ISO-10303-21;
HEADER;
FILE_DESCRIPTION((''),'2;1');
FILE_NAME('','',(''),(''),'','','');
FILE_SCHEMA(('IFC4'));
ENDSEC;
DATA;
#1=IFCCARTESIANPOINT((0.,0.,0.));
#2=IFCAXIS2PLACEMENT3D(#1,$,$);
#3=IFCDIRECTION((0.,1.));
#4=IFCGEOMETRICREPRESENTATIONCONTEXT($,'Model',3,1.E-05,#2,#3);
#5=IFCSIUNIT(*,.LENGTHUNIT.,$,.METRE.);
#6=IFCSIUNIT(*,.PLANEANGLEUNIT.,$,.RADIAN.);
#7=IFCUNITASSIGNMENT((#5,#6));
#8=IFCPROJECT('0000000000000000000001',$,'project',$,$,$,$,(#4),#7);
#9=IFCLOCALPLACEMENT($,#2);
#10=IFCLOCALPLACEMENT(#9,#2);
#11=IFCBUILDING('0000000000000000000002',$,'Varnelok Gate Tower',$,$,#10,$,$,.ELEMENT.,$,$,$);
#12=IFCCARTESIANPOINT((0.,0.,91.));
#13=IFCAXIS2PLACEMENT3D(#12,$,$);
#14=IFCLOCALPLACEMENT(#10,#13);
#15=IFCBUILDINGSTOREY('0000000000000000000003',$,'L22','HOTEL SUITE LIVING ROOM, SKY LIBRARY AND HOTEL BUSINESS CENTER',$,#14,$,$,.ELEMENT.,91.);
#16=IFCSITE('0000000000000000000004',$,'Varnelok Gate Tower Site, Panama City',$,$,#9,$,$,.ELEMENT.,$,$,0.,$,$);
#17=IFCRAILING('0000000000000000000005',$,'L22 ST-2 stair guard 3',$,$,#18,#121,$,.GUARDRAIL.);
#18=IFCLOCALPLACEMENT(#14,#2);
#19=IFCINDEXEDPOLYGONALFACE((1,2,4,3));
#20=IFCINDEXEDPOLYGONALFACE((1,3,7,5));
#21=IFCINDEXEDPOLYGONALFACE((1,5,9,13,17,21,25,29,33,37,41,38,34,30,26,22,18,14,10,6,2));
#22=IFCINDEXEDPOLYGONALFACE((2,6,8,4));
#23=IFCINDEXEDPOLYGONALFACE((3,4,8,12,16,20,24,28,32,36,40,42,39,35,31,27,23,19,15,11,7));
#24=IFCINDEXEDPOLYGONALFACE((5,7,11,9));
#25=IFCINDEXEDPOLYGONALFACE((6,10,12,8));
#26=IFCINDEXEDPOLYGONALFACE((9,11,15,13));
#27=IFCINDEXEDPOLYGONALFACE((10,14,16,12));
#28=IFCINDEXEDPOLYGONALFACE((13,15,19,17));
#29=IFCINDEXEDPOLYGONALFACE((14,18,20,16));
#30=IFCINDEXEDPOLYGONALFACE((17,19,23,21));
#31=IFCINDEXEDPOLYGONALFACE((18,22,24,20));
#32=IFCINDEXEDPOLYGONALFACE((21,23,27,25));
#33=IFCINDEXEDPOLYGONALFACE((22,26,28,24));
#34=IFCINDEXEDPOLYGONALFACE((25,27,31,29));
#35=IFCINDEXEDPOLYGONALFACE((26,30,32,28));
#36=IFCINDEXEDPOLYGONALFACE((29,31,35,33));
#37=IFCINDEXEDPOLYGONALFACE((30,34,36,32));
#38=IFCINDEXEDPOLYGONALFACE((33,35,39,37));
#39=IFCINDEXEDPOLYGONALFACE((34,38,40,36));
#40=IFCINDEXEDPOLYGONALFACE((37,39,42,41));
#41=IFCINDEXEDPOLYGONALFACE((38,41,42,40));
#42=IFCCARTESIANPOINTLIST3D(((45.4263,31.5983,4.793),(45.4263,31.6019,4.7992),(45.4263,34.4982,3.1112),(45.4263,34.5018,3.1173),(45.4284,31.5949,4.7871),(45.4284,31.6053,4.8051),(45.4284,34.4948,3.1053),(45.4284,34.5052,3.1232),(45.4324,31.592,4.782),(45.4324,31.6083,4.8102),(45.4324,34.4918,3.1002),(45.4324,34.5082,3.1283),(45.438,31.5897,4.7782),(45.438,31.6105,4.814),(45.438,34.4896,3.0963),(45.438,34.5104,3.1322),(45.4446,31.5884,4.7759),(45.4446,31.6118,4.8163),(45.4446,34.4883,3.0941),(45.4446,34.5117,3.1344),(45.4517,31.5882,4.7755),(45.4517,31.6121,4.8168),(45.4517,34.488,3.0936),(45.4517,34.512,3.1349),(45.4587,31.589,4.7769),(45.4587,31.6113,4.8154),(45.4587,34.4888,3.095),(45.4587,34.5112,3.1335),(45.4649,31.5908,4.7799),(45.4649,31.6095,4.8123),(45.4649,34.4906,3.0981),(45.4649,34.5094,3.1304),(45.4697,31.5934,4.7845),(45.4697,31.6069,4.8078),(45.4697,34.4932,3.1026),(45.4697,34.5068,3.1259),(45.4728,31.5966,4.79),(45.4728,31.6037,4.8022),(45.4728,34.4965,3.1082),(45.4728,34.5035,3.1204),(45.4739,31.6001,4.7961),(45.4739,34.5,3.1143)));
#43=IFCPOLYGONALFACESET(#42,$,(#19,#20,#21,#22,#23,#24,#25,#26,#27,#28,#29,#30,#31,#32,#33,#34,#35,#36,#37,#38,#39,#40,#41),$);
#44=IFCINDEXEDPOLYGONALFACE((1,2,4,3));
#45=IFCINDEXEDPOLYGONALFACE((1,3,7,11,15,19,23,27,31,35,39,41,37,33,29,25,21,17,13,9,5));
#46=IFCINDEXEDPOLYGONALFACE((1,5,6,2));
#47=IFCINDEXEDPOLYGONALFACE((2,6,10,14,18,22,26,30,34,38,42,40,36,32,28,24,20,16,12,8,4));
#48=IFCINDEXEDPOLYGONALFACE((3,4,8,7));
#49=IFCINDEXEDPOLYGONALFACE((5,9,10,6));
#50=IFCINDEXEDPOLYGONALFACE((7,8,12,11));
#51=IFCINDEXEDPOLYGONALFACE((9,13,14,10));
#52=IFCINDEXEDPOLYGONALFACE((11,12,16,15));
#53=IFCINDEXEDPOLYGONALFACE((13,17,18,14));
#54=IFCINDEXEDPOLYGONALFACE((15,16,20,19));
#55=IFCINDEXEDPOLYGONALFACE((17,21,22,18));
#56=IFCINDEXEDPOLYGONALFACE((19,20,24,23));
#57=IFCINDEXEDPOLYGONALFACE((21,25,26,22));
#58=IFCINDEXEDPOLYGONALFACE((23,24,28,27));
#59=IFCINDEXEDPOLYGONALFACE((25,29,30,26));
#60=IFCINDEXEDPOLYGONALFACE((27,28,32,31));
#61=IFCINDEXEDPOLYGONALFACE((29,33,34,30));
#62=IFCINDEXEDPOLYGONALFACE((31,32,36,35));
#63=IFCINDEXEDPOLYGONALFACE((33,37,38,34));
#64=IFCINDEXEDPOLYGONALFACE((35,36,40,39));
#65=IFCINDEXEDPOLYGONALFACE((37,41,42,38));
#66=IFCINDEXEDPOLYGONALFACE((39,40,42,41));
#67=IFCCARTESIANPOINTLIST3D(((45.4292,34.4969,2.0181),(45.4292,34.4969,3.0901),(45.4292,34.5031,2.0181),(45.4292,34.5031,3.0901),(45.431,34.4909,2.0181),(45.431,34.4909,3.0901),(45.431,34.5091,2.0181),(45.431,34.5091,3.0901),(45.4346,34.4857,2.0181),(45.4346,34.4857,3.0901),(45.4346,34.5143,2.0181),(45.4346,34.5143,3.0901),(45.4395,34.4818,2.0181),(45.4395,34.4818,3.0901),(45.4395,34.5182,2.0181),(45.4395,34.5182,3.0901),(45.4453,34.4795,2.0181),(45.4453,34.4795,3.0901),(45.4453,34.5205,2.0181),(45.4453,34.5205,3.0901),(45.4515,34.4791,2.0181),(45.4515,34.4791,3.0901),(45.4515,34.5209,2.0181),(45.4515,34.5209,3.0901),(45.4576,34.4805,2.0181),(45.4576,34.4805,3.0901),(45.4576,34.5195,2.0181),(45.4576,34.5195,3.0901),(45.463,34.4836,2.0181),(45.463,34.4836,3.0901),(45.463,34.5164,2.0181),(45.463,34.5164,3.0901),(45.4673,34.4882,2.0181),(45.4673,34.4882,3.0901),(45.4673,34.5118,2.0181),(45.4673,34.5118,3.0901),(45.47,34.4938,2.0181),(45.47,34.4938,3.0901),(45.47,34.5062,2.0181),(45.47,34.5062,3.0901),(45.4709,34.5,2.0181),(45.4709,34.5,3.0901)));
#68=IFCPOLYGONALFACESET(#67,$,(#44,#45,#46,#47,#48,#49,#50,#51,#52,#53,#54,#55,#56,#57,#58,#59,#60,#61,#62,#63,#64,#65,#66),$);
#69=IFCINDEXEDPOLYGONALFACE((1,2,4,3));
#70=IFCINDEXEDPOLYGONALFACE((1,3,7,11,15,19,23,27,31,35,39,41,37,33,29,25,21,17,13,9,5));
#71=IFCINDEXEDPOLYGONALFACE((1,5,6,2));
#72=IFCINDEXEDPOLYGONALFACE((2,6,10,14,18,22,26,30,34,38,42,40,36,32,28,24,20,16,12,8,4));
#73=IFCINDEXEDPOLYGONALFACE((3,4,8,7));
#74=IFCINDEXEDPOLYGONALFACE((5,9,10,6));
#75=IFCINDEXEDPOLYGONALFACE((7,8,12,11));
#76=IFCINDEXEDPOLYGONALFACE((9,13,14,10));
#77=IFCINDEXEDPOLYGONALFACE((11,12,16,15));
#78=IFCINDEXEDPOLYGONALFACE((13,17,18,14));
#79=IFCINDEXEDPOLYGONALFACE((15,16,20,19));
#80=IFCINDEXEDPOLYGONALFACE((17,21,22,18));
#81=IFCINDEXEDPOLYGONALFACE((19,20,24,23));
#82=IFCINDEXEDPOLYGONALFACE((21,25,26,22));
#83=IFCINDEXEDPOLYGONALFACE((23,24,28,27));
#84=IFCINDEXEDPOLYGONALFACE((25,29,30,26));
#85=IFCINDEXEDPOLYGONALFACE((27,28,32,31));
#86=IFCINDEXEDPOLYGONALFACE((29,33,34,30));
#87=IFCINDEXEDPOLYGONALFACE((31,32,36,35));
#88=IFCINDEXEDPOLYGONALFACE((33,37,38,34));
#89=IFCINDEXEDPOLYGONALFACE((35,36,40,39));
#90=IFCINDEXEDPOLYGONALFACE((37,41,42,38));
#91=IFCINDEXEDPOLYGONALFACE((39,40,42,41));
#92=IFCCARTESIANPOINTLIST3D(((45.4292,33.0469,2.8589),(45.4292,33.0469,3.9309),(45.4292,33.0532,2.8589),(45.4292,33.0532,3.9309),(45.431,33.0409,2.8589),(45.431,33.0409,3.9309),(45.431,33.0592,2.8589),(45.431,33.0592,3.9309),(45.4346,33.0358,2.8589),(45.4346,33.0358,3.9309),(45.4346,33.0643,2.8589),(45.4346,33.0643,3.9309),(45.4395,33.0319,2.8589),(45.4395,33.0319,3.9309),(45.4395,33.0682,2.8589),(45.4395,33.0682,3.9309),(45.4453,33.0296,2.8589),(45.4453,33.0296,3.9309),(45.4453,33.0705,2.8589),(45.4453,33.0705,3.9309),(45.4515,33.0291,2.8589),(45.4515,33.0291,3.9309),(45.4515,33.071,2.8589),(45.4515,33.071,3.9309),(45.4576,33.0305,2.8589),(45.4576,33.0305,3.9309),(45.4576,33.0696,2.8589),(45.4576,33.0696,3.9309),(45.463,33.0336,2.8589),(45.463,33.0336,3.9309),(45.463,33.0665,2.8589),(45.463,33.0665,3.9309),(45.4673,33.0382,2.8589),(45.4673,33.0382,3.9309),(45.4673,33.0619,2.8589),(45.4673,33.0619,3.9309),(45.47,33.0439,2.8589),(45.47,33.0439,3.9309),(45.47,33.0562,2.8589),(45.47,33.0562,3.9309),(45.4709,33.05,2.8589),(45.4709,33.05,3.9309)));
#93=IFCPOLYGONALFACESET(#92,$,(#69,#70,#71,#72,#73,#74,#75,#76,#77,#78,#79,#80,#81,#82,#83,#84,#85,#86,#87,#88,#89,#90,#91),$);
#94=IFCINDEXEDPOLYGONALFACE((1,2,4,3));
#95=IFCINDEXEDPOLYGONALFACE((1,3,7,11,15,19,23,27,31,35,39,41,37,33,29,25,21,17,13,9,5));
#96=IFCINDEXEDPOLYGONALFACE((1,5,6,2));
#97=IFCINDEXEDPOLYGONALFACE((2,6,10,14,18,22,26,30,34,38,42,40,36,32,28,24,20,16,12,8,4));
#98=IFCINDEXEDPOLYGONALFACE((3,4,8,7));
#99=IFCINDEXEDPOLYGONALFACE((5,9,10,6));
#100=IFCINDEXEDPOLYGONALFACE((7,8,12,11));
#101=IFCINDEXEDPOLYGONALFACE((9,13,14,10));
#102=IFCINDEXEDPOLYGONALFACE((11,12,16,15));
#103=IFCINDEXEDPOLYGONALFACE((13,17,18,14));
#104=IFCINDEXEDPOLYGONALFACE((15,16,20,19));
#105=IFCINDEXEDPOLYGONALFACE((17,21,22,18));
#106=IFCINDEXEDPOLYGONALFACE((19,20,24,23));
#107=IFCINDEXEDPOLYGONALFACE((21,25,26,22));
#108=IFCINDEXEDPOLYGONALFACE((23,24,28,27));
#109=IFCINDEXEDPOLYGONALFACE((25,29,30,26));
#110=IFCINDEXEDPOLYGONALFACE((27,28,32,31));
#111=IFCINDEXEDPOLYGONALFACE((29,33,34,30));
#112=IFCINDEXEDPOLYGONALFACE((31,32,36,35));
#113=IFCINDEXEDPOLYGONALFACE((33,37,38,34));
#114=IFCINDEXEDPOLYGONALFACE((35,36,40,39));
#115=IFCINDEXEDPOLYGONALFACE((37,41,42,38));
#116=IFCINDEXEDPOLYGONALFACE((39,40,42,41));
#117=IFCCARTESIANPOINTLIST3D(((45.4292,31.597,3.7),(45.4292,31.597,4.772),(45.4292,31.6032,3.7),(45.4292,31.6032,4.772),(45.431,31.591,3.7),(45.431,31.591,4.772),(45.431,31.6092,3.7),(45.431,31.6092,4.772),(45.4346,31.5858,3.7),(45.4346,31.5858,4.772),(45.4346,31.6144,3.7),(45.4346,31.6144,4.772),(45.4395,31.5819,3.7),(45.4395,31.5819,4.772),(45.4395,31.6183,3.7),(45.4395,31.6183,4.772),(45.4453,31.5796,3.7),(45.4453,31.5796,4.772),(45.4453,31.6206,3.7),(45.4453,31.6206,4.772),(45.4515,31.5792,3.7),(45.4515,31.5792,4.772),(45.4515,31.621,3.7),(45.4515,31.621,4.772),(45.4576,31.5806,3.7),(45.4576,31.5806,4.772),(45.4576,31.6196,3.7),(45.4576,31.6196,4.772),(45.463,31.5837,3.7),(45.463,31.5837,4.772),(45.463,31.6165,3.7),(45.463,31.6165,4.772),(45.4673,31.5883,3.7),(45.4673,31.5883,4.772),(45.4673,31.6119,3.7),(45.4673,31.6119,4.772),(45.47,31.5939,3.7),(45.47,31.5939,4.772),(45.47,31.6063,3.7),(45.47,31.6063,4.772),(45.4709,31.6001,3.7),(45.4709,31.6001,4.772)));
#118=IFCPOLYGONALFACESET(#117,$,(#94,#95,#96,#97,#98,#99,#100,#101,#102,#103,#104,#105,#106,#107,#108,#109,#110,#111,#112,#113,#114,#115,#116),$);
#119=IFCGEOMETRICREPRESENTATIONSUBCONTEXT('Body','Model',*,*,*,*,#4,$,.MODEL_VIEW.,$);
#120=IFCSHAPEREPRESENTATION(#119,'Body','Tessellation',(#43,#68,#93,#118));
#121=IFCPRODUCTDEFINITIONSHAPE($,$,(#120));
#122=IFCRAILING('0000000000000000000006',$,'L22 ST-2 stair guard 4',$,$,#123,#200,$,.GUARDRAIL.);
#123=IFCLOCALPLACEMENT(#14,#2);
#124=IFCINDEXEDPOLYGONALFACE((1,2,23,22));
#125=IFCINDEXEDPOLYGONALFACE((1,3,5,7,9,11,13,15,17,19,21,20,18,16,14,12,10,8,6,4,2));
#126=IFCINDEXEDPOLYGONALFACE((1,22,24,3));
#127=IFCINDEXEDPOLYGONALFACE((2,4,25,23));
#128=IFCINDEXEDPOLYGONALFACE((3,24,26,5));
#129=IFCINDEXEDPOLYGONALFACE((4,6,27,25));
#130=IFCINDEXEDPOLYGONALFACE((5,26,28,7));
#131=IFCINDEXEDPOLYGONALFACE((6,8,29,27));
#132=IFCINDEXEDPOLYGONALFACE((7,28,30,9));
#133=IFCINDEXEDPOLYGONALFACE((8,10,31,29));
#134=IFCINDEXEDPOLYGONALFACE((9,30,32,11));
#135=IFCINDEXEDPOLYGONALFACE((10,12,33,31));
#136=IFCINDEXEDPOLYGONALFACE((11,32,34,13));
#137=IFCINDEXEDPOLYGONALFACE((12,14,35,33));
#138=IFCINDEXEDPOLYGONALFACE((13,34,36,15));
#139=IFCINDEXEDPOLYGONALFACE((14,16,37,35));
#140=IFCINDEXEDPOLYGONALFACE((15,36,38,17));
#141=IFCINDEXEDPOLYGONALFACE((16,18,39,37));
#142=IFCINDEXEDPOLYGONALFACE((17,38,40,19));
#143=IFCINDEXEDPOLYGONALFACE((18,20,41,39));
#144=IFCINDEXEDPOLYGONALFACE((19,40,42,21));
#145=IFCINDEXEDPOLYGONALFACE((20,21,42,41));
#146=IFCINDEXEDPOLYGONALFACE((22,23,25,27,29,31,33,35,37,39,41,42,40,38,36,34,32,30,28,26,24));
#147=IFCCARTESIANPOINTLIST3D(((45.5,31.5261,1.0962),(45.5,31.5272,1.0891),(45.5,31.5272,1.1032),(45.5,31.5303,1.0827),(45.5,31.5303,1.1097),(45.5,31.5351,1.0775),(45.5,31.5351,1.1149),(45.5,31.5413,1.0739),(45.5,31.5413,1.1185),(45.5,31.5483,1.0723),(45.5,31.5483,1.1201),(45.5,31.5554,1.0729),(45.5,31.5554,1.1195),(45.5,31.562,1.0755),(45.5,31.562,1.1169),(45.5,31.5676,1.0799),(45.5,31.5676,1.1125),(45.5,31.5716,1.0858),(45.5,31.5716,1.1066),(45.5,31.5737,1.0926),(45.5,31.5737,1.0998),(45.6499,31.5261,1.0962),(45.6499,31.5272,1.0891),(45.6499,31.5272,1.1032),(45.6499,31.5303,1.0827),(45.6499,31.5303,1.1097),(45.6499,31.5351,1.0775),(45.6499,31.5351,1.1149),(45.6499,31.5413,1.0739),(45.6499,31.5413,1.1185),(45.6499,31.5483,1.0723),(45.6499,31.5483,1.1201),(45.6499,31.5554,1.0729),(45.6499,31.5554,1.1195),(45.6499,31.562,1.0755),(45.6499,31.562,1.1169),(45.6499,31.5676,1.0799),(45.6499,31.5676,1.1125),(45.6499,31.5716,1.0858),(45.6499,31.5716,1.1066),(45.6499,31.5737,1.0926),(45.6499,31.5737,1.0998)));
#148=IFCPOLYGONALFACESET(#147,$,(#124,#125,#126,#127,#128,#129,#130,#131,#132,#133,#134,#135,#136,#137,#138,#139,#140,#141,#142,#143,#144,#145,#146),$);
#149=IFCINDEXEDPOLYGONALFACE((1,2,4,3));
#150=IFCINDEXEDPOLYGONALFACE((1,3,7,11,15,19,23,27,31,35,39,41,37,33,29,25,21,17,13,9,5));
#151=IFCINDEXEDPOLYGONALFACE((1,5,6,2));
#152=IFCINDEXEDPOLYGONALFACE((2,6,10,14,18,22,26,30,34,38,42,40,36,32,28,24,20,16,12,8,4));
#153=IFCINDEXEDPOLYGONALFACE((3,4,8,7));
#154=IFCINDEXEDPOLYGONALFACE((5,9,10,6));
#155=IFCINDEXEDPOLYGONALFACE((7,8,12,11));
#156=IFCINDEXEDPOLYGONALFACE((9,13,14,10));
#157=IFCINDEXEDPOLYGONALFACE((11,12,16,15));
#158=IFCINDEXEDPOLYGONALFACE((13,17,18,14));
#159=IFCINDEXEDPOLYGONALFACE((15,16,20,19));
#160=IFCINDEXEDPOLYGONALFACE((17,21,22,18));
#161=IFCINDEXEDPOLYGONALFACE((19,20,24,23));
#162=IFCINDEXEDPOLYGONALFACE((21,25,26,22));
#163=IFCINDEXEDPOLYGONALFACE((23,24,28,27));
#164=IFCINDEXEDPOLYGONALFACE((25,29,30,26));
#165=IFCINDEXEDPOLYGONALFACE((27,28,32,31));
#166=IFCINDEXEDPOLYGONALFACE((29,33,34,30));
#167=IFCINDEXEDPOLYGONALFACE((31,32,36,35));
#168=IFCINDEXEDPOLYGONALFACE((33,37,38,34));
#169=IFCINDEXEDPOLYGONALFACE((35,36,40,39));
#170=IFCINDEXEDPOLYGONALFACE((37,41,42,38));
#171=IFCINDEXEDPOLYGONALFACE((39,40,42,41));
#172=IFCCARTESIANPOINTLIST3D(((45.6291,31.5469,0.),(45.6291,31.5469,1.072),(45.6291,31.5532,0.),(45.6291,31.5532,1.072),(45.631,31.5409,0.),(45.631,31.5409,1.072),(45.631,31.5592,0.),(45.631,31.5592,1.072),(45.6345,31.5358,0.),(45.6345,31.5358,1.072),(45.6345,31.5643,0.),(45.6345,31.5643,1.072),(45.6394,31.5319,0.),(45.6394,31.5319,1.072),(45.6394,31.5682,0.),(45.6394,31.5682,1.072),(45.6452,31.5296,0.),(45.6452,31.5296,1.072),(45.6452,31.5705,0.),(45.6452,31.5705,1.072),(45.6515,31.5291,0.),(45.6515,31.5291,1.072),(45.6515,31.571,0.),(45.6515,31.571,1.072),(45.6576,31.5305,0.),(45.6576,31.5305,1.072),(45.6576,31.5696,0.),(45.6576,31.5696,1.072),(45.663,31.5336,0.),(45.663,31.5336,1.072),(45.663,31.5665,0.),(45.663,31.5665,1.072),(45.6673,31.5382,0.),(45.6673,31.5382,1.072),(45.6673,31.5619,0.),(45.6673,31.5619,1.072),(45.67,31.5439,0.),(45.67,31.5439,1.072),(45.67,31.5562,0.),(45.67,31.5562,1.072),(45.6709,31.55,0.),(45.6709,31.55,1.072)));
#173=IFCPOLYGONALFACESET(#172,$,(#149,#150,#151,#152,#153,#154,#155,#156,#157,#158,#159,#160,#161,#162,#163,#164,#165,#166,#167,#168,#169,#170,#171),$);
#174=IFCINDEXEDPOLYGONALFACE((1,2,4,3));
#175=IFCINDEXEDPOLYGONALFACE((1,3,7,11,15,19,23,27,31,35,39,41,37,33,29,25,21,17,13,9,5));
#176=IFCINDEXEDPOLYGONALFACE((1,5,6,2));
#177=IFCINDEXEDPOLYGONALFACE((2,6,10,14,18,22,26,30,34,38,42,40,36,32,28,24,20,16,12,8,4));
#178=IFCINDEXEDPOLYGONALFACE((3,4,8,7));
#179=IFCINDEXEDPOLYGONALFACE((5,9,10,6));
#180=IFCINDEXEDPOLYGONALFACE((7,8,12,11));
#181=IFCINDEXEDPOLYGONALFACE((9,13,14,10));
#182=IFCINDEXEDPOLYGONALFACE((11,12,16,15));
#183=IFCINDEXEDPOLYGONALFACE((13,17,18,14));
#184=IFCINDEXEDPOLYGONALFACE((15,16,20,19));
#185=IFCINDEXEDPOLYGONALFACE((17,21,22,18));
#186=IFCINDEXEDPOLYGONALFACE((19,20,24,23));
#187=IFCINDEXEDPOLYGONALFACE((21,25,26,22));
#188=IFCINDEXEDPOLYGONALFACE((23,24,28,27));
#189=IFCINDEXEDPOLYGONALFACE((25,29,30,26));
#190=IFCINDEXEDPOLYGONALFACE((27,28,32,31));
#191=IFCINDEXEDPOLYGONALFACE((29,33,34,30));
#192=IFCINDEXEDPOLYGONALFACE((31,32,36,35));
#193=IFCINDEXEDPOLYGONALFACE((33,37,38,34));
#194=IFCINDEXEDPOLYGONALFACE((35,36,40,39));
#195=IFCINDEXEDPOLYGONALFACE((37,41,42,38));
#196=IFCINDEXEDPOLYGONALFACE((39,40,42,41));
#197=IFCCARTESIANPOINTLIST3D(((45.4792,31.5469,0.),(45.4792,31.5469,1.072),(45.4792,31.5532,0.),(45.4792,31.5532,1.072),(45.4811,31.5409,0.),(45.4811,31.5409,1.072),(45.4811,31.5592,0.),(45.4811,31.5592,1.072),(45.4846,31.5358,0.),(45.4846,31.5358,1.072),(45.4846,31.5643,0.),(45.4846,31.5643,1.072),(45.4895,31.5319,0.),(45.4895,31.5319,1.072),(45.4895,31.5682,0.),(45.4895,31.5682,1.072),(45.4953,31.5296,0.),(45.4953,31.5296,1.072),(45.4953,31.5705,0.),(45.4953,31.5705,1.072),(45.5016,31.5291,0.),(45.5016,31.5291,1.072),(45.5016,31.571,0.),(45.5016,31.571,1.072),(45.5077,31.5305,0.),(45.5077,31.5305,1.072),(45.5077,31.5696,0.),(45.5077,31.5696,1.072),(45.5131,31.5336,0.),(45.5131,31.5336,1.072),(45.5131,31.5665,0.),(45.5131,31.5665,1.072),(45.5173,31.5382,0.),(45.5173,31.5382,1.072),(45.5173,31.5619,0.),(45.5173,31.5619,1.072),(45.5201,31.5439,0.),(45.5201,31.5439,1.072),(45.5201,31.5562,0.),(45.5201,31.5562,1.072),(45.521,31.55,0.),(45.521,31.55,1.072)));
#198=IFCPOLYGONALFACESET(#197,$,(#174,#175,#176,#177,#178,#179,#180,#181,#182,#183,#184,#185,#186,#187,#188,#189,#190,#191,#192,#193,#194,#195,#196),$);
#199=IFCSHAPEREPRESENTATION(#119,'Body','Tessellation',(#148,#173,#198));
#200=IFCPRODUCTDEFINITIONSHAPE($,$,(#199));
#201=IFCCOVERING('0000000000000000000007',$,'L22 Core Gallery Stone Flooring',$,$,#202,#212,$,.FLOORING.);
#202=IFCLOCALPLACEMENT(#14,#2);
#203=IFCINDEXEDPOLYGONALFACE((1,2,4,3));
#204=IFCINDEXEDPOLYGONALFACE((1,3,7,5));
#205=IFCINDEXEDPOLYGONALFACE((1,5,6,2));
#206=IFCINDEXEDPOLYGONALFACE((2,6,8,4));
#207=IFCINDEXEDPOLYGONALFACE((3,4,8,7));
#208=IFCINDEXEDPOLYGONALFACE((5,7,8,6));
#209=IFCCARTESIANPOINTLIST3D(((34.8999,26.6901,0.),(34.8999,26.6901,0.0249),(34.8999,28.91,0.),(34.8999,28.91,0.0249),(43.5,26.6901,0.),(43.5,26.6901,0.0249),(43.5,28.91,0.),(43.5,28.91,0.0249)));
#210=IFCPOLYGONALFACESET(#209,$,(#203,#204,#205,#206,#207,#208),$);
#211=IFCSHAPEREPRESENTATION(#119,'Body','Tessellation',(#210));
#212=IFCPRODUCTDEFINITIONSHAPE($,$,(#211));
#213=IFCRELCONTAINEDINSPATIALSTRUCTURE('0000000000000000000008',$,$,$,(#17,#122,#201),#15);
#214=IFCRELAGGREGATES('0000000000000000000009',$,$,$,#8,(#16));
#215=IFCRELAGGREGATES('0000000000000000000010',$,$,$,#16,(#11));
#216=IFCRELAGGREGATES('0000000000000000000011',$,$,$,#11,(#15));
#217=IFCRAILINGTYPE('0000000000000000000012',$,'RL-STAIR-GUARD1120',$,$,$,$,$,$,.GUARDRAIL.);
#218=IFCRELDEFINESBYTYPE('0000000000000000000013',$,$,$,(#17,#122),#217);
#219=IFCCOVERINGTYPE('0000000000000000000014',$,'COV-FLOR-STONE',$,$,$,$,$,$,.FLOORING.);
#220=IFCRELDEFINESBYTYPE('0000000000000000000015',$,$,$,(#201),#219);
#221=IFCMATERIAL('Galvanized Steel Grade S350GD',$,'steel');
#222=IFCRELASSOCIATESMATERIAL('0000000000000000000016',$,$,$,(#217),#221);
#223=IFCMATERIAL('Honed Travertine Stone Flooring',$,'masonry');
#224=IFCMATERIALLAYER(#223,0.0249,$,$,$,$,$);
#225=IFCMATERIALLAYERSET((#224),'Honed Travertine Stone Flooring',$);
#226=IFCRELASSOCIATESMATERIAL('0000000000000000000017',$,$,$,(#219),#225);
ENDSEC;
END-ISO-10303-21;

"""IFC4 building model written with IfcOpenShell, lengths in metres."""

from ifc_helpers import new_model, si_unit, direction, frame, origin, origin_2d, place, context, subcontext, project, spatial, rectangle, circle, extrude, source, transform, mapped, material, layer, layer_set, type_object, element, save


model = new_model("IFC4")

# Units and contexts
model_context = context("Model", 3, precision=1e-05, world=origin(), true_north=direction((0.0, 1.0)))
body_context = subcontext(model_context, "Body", "Model", "MODEL_VIEW")
ifc_project = project(units=[si_unit("LENGTHUNIT", "METRE"), si_unit("PLANEANGLEUNIT", "RADIAN")], contexts=[model_context])

# Site, building, storey
site_placement = place(None, origin())
site = spatial("IfcSite", under=ifc_project, at=site_placement, Name="Varnelok Gate Tower Site, Panama City", CompositionType="ELEMENT", RefElevation=0.0)
building_placement = place(site_placement, origin())
building = spatial("IfcBuilding", under=site, at=building_placement, Name="Varnelok Gate Tower", CompositionType="ELEMENT")
storey_placement = place(building_placement, frame((0.0, 0.0, 91.0)))
storey = spatial("IfcBuildingStorey", under=building, at=storey_placement, Name="L22", Description="HOTEL SUITE LIVING ROOM, SKY LIBRARY AND HOTEL BUSINESS CENTER", CompositionType="ELEMENT", Elevation=91.0)

# Shared definitions
ifc_material_1 = material(Name="Galvanized Steel Grade S350GD", Category="steel")

# Railings
railing_type_1 = type_object("IfcRailingType", Name="RL-STAIR-GUARD1120", PredefinedType="GUARDRAIL", material=ifc_material_1)
railing_1_placement = place(storey_placement, frame((45.45, 34.5, 2.0181)))
element("IfcRailing", 1, at=railing_1_placement, inside=storey, type_object=railing_type_1, Name="L22 ST-2 stair guard 3", PredefinedType="GUARDRAIL", context=body_context, shape_type="SweptSolid", body=[
    extrude(circle(Radius=0.0239, at=origin_2d()), frame((0.0, 0.0, 1.0962), z_axis=(0.0, -0.865039, 0.501705), x_axis=(1.0, 0.0, 0.0)), (0.0, 0.0, 1.0), 3.3523),
    extrude(circle(Radius=0.021, at=origin_2d()), origin(), (0.0, 0.0, 1.0), 1.072),
    extrude(circle(Radius=0.021, at=origin_2d()), frame((0.0, -1.45, 0.8408)), (0.0, 0.0, 1.0), 1.072),
    extrude(circle(Radius=0.021, at=origin_2d()), frame((0.0, -2.8999, 1.6819)), (0.0, 0.0, 1.0), 1.072),
])
railing_2_placement = place(storey_placement, frame((45.6499, 31.55, 0.0)))
element("IfcRailing", 2, at=railing_2_placement, inside=storey, type_object=railing_type_1, Name="L22 ST-2 stair guard 4", PredefinedType="GUARDRAIL", context=body_context, shape_type="SweptSolid", body=[
    extrude(circle(Radius=0.0239, at=origin_2d()), frame((0.0, 0.0, 1.0962), z_axis=(-1.0, 0.0, 0.0), x_axis=(0.0, -1.0, 0.0)), (0.0, 0.0, 1.0), 0.1499),
    extrude(circle(Radius=0.021, at=origin_2d()), origin(), (0.0, 0.0, 1.0), 1.072),
    extrude(circle(Radius=0.021, at=origin_2d()), frame((-0.1499, 0.0, 0.0)), (0.0, 0.0, 1.0), 1.072),
])

# Covering
ifc_material_2 = material(Name="Honed Travertine Stone Flooring", Category="masonry")
ifc_layer_1 = layer(ifc_material_2, 0.0249)
ifc_layer_set_1 = layer_set([ifc_layer_1], Name="Honed Travertine Stone Flooring")
covering_type_1 = type_object("IfcCoveringType", Name="COV-FLOR-STONE", PredefinedType="FLOORING", material=ifc_layer_set_1)
shared_shape_1 = source(origin(), body_context, "Body", "SweptSolid", [
    extrude(rectangle(XDim=8.6001, YDim=2.22, at=origin_2d()), origin(), (0.0, 0.0, 1.0), 0.0249),
])
covering_1_placement = place(storey_placement, frame((39.2, 27.8, 0.0), z_axis=(0.0, 0.0, 1.0), x_axis=(1.0, 0.0, 0.0)))
element("IfcCovering", 3, at=covering_1_placement, inside=storey, type_object=covering_type_1, Name="L22 Core Gallery Stone Flooring", PredefinedType="FLOORING", context=body_context, shape_type="MappedRepresentation", body=[
    mapped(shared_shape_1, transform((0.0, 0.0, 0.0), scale=1.0)),
])

save(model, "model.ifc")
